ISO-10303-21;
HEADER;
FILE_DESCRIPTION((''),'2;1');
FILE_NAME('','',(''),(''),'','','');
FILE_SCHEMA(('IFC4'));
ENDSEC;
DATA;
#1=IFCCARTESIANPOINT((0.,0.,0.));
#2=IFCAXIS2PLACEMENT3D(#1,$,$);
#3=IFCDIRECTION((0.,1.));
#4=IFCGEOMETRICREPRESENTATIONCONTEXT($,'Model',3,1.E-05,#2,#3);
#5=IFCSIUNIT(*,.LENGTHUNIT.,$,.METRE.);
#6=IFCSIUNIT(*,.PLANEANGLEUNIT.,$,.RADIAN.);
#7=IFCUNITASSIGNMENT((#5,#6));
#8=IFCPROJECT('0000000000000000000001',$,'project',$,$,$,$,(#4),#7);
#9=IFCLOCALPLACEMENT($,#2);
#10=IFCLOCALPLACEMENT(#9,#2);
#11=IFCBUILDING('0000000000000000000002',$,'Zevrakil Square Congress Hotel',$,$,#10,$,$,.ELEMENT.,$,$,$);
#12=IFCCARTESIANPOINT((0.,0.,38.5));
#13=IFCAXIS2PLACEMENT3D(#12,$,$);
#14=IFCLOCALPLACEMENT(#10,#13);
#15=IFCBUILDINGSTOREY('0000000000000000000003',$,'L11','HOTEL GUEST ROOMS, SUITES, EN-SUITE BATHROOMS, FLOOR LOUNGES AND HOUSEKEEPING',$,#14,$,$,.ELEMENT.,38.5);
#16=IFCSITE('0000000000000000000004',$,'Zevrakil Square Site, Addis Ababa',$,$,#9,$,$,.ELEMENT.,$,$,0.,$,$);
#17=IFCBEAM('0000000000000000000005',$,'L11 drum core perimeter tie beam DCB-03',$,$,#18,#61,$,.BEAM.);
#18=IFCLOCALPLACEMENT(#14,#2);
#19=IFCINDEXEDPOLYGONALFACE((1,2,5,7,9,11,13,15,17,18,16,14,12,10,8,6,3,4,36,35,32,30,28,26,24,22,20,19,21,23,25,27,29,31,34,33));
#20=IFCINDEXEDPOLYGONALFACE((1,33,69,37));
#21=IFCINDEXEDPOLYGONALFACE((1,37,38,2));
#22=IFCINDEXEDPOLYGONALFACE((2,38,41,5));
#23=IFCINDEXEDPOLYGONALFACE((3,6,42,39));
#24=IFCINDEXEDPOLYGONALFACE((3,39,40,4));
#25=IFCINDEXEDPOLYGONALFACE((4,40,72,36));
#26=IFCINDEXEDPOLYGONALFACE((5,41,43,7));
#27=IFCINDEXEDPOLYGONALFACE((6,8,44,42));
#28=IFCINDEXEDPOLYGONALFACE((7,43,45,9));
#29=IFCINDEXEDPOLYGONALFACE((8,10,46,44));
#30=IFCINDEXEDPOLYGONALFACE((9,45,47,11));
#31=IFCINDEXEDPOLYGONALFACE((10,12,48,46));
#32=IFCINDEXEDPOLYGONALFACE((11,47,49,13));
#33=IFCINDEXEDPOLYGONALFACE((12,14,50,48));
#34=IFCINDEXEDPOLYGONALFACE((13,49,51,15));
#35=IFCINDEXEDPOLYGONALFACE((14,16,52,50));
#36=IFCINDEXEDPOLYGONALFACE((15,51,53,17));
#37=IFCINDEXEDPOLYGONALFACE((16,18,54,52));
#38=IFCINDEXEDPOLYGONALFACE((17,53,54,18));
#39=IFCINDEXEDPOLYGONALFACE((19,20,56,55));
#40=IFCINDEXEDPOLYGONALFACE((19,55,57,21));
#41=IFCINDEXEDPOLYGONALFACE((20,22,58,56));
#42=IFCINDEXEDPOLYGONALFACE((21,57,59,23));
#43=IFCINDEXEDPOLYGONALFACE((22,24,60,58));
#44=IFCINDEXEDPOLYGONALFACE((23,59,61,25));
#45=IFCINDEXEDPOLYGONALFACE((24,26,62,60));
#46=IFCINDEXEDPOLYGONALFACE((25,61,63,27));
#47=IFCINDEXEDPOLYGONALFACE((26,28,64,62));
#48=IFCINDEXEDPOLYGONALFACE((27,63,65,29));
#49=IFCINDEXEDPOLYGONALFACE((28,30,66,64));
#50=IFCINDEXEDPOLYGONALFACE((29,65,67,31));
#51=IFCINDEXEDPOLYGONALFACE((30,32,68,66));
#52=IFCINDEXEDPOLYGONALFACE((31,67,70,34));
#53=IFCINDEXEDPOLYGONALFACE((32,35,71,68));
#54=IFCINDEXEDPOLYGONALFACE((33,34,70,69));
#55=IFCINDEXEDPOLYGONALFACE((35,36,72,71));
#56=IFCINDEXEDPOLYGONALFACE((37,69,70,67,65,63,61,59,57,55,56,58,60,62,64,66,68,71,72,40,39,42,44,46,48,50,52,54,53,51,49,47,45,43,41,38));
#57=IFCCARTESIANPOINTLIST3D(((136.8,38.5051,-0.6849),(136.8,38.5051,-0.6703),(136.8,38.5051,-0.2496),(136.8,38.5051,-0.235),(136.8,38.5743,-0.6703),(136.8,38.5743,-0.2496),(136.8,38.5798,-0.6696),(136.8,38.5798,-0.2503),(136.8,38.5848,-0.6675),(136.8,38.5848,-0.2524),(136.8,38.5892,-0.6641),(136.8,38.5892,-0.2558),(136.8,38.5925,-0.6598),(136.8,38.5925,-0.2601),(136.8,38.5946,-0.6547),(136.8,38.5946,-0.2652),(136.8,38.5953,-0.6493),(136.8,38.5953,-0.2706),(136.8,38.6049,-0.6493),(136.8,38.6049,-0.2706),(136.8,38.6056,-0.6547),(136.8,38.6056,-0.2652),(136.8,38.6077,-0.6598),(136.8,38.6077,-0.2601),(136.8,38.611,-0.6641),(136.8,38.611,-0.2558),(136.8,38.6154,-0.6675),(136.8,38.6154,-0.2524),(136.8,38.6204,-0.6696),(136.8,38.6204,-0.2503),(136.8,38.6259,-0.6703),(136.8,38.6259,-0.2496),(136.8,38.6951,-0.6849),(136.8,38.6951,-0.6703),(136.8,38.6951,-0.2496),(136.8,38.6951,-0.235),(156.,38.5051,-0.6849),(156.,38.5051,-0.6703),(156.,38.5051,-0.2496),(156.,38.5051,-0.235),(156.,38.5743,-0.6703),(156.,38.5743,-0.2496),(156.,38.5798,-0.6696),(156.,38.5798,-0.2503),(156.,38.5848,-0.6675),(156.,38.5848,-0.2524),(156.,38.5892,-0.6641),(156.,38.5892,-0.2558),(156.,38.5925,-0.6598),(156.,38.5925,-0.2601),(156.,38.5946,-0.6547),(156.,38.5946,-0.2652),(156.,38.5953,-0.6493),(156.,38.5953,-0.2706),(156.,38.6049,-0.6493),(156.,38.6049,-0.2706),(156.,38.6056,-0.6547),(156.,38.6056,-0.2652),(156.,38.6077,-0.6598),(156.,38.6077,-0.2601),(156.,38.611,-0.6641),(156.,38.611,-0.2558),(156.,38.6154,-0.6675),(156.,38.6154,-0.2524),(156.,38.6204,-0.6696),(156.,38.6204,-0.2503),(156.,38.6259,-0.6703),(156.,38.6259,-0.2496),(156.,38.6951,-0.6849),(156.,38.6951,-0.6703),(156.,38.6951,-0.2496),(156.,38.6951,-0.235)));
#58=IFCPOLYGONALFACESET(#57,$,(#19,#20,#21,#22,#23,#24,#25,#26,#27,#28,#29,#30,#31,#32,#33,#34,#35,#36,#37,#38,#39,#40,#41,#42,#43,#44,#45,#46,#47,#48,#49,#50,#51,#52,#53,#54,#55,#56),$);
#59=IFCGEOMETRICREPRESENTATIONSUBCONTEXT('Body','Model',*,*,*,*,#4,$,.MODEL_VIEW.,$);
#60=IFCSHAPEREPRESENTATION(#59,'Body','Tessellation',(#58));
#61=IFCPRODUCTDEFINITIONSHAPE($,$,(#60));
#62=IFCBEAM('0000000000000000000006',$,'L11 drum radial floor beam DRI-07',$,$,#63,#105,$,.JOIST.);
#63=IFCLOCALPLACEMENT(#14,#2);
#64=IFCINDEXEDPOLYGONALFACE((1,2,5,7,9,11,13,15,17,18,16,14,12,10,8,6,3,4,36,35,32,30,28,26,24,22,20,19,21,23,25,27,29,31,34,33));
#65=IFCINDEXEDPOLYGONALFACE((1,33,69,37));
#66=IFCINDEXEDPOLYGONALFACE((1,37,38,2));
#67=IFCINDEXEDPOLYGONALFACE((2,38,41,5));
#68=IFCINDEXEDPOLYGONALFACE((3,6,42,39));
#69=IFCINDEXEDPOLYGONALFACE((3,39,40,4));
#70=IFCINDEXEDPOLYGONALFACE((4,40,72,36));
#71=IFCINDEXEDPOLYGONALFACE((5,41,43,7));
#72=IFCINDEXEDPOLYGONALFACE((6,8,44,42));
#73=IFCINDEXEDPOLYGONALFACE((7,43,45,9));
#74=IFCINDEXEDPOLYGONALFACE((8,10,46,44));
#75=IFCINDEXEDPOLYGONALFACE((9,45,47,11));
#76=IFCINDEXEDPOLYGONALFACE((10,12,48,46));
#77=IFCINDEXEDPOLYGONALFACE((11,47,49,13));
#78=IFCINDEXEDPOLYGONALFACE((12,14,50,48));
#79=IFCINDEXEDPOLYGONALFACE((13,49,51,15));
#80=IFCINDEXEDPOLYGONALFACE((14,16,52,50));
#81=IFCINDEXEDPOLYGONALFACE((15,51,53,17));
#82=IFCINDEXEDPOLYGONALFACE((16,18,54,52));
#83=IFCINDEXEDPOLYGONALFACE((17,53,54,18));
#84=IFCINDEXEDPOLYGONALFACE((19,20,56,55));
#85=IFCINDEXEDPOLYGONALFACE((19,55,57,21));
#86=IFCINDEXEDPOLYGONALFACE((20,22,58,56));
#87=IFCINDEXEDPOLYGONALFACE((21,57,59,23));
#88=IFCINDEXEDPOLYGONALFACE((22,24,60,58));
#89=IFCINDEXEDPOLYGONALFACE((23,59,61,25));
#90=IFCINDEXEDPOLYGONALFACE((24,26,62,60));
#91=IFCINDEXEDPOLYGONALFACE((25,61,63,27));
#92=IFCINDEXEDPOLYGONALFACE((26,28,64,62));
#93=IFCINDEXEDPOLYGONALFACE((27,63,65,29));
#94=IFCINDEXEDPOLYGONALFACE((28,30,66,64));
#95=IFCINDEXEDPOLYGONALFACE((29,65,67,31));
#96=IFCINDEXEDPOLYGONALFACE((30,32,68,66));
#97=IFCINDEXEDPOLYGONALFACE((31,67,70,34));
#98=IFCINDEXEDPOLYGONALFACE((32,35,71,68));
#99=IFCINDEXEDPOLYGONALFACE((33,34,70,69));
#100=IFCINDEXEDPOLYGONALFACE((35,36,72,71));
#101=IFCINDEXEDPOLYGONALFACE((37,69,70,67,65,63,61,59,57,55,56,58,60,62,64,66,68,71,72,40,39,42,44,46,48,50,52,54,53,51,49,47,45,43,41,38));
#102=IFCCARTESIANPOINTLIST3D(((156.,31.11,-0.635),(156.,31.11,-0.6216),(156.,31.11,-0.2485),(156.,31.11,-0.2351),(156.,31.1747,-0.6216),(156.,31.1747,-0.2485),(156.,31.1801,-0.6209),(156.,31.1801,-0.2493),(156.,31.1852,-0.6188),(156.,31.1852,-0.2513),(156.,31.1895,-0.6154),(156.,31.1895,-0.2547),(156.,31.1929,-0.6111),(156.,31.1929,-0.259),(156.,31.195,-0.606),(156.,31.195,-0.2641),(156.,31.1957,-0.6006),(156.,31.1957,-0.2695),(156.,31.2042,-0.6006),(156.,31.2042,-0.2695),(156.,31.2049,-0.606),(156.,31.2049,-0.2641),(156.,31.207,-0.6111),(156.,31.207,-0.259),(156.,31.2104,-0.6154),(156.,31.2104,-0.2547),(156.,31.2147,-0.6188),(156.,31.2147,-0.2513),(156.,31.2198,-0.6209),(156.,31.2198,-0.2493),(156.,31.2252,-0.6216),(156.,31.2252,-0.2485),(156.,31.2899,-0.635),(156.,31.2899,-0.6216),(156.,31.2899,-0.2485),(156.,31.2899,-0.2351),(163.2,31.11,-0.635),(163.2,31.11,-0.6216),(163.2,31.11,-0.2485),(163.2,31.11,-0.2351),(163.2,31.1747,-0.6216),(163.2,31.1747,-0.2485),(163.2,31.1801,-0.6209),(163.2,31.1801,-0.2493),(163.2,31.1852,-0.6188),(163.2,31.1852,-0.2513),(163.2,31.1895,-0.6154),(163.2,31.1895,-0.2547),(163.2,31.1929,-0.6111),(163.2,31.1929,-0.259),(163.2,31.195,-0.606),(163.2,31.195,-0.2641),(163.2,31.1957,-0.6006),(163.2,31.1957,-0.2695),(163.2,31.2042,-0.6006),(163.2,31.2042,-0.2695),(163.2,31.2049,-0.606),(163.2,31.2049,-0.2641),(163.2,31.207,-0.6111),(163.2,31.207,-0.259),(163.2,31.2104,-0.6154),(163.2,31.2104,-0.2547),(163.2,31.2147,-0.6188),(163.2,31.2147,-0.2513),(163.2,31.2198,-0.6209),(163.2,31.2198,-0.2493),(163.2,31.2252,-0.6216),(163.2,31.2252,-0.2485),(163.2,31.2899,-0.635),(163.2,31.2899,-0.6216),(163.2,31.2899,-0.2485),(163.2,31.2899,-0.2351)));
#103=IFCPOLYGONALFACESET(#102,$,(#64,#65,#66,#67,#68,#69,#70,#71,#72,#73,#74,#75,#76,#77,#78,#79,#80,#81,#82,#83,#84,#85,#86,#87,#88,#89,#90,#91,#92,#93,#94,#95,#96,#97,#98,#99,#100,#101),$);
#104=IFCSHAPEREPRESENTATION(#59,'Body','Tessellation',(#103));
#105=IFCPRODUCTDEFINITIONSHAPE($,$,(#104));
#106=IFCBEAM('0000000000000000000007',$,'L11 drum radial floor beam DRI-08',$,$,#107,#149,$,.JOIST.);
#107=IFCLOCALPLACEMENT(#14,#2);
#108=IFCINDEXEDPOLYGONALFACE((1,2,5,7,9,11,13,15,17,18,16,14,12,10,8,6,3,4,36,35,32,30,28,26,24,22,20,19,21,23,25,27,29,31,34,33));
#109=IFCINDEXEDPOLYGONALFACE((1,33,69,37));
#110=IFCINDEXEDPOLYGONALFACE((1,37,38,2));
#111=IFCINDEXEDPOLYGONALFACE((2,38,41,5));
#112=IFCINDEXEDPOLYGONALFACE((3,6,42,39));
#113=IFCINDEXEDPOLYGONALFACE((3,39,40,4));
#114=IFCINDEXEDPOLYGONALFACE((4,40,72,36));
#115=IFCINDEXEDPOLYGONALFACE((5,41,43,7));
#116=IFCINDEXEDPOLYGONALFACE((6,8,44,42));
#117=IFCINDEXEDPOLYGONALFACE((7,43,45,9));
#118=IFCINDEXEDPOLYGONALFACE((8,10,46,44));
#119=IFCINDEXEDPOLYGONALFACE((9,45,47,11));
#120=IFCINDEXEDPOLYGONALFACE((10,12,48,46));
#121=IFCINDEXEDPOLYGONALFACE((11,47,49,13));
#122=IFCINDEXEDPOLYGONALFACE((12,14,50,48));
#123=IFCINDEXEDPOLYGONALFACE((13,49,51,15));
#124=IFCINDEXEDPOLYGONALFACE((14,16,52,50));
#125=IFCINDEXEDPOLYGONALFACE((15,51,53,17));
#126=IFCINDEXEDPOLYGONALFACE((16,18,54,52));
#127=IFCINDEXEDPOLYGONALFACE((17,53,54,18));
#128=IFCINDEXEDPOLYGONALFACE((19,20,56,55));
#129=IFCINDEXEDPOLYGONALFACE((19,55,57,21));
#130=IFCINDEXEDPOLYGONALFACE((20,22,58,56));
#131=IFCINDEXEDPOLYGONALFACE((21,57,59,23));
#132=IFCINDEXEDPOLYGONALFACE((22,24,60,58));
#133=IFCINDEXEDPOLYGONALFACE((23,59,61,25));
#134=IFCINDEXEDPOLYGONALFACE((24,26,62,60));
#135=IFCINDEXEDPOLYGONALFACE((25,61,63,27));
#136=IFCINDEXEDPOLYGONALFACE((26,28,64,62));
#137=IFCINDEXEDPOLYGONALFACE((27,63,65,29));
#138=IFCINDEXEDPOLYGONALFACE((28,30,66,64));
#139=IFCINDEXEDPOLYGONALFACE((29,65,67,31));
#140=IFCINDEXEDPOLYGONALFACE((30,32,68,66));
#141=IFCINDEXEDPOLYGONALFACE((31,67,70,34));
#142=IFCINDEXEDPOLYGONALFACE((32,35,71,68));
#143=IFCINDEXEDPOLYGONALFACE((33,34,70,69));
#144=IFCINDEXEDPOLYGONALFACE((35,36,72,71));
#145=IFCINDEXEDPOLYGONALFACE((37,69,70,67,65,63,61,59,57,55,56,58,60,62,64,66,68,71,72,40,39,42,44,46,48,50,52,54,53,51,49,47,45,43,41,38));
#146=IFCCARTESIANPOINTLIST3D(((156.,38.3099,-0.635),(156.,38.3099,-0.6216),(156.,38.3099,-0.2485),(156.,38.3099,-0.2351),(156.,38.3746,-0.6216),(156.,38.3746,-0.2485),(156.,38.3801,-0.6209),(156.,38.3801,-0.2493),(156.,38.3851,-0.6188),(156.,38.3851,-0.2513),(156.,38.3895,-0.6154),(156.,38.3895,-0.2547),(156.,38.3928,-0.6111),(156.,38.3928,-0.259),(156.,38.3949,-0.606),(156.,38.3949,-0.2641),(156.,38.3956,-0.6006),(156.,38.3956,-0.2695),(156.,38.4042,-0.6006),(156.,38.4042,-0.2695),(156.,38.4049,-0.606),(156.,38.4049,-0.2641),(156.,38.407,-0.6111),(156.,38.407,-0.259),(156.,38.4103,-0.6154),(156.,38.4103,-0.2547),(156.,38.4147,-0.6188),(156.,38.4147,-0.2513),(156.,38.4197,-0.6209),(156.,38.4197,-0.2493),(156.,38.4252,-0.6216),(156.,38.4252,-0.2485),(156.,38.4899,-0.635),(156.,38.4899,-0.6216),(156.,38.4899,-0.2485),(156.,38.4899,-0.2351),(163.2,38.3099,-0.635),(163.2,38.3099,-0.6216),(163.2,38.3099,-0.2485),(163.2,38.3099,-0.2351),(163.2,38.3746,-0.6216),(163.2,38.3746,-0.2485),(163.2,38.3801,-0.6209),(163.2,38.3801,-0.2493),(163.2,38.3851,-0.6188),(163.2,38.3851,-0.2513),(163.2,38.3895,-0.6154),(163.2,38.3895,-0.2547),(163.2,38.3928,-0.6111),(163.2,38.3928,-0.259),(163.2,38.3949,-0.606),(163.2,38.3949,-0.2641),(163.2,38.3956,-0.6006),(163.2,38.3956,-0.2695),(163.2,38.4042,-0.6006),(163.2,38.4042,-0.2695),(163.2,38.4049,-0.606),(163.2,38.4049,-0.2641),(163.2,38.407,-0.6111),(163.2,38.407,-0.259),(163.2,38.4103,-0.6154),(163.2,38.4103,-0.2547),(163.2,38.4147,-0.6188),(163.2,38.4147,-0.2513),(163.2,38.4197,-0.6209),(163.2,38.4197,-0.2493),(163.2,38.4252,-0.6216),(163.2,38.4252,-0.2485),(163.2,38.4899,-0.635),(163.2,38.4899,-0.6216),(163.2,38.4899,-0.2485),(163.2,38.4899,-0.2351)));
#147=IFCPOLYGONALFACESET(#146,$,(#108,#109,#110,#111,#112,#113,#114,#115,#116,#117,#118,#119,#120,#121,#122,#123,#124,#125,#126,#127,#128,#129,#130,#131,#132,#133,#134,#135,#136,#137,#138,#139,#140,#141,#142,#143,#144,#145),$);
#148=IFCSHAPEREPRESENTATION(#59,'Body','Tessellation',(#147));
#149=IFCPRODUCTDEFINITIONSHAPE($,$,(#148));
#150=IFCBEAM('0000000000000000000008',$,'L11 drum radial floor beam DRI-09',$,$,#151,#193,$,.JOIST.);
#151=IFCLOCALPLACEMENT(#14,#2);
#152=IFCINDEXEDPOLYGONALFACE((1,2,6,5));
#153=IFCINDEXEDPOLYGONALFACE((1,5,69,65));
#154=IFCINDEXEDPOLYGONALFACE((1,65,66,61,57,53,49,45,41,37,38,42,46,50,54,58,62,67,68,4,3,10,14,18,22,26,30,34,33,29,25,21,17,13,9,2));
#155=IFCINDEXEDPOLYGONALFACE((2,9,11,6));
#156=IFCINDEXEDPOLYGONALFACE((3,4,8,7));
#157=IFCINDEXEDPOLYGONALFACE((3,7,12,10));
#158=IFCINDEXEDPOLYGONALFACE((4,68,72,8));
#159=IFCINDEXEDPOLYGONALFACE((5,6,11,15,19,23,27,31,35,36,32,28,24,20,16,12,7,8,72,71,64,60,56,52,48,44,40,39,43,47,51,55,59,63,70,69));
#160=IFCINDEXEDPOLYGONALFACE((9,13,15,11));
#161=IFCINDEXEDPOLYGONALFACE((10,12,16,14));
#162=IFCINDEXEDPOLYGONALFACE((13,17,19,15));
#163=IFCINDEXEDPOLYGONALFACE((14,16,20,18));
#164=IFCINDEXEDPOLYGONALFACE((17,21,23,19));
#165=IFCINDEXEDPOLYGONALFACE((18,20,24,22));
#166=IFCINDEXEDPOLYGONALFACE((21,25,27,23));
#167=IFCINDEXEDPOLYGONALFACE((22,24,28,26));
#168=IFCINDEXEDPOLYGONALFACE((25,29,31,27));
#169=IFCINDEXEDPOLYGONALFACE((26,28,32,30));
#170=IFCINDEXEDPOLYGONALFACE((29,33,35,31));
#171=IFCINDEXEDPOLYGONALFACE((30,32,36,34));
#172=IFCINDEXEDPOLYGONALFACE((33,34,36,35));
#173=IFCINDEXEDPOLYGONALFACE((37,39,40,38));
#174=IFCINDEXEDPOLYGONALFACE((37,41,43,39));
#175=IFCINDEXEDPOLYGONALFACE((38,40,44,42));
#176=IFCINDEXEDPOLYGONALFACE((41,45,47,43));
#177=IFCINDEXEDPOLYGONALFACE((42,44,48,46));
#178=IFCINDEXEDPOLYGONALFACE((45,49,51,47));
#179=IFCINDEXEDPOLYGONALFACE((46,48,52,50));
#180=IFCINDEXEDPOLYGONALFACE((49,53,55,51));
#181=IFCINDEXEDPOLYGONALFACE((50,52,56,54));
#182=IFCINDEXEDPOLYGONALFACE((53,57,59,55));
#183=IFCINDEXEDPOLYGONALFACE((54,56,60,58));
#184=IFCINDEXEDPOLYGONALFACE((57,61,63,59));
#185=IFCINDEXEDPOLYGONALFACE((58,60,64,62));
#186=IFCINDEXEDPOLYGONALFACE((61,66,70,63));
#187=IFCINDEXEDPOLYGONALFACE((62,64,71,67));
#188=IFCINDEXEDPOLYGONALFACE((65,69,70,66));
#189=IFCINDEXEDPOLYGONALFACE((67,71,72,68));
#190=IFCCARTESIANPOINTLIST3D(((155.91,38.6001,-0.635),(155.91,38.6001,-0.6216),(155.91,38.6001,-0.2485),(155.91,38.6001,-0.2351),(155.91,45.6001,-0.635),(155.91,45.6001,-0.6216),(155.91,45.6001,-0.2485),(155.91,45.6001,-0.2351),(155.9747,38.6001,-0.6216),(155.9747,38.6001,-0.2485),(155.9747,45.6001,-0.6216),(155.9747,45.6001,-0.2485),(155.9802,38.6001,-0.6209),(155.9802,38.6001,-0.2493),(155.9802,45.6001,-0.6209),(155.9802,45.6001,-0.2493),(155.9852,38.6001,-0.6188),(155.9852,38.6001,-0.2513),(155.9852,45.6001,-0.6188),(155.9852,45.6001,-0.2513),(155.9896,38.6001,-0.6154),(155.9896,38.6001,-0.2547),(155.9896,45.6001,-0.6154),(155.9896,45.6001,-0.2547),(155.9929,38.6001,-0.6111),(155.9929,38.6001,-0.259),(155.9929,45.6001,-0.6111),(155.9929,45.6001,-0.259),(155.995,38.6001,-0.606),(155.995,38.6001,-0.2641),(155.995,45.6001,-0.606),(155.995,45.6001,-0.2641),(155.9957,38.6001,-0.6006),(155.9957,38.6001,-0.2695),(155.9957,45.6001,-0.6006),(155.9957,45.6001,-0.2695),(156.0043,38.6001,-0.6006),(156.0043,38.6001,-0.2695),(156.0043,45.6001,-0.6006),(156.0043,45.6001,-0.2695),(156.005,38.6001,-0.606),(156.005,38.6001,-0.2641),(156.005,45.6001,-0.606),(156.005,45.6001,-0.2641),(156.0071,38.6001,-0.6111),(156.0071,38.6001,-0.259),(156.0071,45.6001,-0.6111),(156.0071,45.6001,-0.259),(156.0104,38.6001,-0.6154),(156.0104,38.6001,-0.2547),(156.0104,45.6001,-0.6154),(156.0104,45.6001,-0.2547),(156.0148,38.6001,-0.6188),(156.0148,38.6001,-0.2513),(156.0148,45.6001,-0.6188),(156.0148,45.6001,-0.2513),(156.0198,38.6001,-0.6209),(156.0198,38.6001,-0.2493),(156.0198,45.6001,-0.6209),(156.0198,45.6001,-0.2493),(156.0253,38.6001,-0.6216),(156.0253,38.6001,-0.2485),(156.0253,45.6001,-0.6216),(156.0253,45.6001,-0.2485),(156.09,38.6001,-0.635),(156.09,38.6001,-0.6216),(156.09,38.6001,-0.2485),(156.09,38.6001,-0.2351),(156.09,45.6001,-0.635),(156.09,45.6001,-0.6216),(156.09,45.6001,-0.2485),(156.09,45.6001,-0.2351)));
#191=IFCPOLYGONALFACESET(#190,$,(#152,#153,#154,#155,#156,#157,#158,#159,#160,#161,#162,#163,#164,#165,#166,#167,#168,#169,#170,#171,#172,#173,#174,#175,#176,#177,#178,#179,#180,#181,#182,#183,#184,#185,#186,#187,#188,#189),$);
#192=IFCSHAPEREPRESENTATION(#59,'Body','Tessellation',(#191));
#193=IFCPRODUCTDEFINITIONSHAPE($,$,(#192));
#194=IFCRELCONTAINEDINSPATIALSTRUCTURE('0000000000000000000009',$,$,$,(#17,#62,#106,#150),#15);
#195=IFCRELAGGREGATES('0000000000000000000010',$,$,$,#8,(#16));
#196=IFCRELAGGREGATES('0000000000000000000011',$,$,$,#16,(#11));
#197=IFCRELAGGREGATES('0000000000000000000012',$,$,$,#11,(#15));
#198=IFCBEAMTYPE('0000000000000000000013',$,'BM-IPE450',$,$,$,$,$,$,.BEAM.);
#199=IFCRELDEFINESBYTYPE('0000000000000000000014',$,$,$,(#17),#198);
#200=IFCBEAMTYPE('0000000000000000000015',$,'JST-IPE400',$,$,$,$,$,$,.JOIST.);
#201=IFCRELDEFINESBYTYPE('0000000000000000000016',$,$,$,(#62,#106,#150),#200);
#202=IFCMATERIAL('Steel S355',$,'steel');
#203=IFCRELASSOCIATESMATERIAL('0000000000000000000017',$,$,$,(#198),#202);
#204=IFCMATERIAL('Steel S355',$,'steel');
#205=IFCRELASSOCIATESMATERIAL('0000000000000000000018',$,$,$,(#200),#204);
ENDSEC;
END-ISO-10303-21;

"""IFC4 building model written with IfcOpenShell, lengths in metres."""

from ifc_helpers import new_model, si_unit, direction, frame, origin, origin_2d, place, context, subcontext, project, spatial, i_section, extrude, material, material_profile, profile_set, type_object, element, save


model = new_model("IFC4")

# Units and contexts
model_context = context("Model", 3, precision=1e-05, world=origin(), true_north=direction((0.0, 1.0)))
body_context = subcontext(model_context, "Body", "Model", "MODEL_VIEW")
ifc_project = project(units=[si_unit("LENGTHUNIT", "METRE"), si_unit("PLANEANGLEUNIT", "RADIAN")], contexts=[model_context])

# Site, building, storey
site_placement = place(None, origin())
site = spatial("IfcSite", under=ifc_project, at=site_placement, Name="Zevrakil Square Site, Addis Ababa", CompositionType="ELEMENT", RefElevation=0.0)
building_placement = place(site_placement, origin())
building = spatial("IfcBuilding", under=site, at=building_placement, Name="Zevrakil Square Congress Hotel", CompositionType="ELEMENT")
storey_placement = place(building_placement, frame((0.0, 0.0, 38.5)))
storey = spatial("IfcBuildingStorey", under=building, at=storey_placement, Name="L11", Description="HOTEL GUEST ROOMS, SUITES, EN-SUITE BATHROOMS, FLOOR LOUNGES AND HOUSEKEEPING", CompositionType="ELEMENT", Elevation=38.5)

# Beams
ifc_material_1 = material(Name="Steel S355", Category="steel")
ifc_material_profile_1 = material_profile(ifc_material_1, i_section(OverallWidth=0.1899, OverallDepth=0.45, WebThickness=0.0095, FlangeThickness=0.0146, FilletRadius=0.021, at=origin_2d()), Name="IPE 450")
ifc_profile_set_1 = profile_set([ifc_material_profile_1], Name="Steel S355")
beam_type_1 = type_object("IfcBeamType", Name="BM-IPE450", PredefinedType="BEAM", material=ifc_profile_set_1)
beam_1_placement = place(storey_placement, frame((156.0, 38.6001, -0.46), z_axis=(-1.0, 0.0, 0.0), x_axis=(0.0, -1.0, 0.0)))
element("IfcBeam", 1, at=beam_1_placement, inside=storey, type_object=beam_type_1, Name="L11 drum core perimeter tie beam DCB-03", PredefinedType="BEAM", context=body_context, shape_type="SweptSolid", body=[
    extrude(i_section(OverallWidth=0.1899, OverallDepth=0.45, WebThickness=0.0095, FlangeThickness=0.0146, FilletRadius=0.021, at=origin_2d()), origin(), (0.0, 0.0, 1.0), 19.2),
])
ifc_material_2 = material(Name="Steel S355", Category="steel")
ifc_material_profile_2 = material_profile(ifc_material_2, i_section(OverallWidth=0.1799, OverallDepth=0.3999, WebThickness=0.0085, FlangeThickness=0.0134, FilletRadius=0.021, at=origin_2d()), Name="IPE 400")
ifc_profile_set_2 = profile_set([ifc_material_profile_2], Name="Steel S355")
beam_type_2 = type_object("IfcBeamType", Name="JST-IPE400", PredefinedType="JOIST", material=ifc_profile_set_2)
for number, where, z_axis, x_axis, name in (
    (2, (156.0, 31.2, -0.4351), (1.0, 0.0, 0.0), (0.0, 1.0, 0.0), "L11 drum radial floor beam DRI-07"),
    (3, (156.0, 38.3999, -0.4351), (1.0, 0.0, 0.0), (0.0, 1.0, 0.0), "L11 drum radial floor beam DRI-08"),
):
    element("IfcBeam", number, at=place(storey_placement, frame(where, z_axis=z_axis, x_axis=x_axis)), inside=storey, type_object=beam_type_2, Name=name, PredefinedType="JOIST", context=body_context, shape_type="SweptSolid", body=[
        extrude(i_section(OverallWidth=0.1799, OverallDepth=0.3999, WebThickness=0.0085, FlangeThickness=0.0134, FilletRadius=0.021, at=origin_2d()), origin(), (0.0, 0.0, 1.0), 7.2),
    ])
beam_2_placement = place(storey_placement, frame((156.0, 38.6001, -0.4351), z_axis=(0.0, 1.0, 0.0), x_axis=(-1.0, 0.0, 0.0)))
element("IfcBeam", 4, at=beam_2_placement, inside=storey, type_object=beam_type_2, Name="L11 drum radial floor beam DRI-09", PredefinedType="JOIST", context=body_context, shape_type="SweptSolid", body=[
    extrude(i_section(OverallWidth=0.1799, OverallDepth=0.3999, WebThickness=0.0085, FlangeThickness=0.0134, FilletRadius=0.021, at=origin_2d()), origin(), (0.0, 0.0, 1.0), 7.0),
])

save(model, "model.ifc")
